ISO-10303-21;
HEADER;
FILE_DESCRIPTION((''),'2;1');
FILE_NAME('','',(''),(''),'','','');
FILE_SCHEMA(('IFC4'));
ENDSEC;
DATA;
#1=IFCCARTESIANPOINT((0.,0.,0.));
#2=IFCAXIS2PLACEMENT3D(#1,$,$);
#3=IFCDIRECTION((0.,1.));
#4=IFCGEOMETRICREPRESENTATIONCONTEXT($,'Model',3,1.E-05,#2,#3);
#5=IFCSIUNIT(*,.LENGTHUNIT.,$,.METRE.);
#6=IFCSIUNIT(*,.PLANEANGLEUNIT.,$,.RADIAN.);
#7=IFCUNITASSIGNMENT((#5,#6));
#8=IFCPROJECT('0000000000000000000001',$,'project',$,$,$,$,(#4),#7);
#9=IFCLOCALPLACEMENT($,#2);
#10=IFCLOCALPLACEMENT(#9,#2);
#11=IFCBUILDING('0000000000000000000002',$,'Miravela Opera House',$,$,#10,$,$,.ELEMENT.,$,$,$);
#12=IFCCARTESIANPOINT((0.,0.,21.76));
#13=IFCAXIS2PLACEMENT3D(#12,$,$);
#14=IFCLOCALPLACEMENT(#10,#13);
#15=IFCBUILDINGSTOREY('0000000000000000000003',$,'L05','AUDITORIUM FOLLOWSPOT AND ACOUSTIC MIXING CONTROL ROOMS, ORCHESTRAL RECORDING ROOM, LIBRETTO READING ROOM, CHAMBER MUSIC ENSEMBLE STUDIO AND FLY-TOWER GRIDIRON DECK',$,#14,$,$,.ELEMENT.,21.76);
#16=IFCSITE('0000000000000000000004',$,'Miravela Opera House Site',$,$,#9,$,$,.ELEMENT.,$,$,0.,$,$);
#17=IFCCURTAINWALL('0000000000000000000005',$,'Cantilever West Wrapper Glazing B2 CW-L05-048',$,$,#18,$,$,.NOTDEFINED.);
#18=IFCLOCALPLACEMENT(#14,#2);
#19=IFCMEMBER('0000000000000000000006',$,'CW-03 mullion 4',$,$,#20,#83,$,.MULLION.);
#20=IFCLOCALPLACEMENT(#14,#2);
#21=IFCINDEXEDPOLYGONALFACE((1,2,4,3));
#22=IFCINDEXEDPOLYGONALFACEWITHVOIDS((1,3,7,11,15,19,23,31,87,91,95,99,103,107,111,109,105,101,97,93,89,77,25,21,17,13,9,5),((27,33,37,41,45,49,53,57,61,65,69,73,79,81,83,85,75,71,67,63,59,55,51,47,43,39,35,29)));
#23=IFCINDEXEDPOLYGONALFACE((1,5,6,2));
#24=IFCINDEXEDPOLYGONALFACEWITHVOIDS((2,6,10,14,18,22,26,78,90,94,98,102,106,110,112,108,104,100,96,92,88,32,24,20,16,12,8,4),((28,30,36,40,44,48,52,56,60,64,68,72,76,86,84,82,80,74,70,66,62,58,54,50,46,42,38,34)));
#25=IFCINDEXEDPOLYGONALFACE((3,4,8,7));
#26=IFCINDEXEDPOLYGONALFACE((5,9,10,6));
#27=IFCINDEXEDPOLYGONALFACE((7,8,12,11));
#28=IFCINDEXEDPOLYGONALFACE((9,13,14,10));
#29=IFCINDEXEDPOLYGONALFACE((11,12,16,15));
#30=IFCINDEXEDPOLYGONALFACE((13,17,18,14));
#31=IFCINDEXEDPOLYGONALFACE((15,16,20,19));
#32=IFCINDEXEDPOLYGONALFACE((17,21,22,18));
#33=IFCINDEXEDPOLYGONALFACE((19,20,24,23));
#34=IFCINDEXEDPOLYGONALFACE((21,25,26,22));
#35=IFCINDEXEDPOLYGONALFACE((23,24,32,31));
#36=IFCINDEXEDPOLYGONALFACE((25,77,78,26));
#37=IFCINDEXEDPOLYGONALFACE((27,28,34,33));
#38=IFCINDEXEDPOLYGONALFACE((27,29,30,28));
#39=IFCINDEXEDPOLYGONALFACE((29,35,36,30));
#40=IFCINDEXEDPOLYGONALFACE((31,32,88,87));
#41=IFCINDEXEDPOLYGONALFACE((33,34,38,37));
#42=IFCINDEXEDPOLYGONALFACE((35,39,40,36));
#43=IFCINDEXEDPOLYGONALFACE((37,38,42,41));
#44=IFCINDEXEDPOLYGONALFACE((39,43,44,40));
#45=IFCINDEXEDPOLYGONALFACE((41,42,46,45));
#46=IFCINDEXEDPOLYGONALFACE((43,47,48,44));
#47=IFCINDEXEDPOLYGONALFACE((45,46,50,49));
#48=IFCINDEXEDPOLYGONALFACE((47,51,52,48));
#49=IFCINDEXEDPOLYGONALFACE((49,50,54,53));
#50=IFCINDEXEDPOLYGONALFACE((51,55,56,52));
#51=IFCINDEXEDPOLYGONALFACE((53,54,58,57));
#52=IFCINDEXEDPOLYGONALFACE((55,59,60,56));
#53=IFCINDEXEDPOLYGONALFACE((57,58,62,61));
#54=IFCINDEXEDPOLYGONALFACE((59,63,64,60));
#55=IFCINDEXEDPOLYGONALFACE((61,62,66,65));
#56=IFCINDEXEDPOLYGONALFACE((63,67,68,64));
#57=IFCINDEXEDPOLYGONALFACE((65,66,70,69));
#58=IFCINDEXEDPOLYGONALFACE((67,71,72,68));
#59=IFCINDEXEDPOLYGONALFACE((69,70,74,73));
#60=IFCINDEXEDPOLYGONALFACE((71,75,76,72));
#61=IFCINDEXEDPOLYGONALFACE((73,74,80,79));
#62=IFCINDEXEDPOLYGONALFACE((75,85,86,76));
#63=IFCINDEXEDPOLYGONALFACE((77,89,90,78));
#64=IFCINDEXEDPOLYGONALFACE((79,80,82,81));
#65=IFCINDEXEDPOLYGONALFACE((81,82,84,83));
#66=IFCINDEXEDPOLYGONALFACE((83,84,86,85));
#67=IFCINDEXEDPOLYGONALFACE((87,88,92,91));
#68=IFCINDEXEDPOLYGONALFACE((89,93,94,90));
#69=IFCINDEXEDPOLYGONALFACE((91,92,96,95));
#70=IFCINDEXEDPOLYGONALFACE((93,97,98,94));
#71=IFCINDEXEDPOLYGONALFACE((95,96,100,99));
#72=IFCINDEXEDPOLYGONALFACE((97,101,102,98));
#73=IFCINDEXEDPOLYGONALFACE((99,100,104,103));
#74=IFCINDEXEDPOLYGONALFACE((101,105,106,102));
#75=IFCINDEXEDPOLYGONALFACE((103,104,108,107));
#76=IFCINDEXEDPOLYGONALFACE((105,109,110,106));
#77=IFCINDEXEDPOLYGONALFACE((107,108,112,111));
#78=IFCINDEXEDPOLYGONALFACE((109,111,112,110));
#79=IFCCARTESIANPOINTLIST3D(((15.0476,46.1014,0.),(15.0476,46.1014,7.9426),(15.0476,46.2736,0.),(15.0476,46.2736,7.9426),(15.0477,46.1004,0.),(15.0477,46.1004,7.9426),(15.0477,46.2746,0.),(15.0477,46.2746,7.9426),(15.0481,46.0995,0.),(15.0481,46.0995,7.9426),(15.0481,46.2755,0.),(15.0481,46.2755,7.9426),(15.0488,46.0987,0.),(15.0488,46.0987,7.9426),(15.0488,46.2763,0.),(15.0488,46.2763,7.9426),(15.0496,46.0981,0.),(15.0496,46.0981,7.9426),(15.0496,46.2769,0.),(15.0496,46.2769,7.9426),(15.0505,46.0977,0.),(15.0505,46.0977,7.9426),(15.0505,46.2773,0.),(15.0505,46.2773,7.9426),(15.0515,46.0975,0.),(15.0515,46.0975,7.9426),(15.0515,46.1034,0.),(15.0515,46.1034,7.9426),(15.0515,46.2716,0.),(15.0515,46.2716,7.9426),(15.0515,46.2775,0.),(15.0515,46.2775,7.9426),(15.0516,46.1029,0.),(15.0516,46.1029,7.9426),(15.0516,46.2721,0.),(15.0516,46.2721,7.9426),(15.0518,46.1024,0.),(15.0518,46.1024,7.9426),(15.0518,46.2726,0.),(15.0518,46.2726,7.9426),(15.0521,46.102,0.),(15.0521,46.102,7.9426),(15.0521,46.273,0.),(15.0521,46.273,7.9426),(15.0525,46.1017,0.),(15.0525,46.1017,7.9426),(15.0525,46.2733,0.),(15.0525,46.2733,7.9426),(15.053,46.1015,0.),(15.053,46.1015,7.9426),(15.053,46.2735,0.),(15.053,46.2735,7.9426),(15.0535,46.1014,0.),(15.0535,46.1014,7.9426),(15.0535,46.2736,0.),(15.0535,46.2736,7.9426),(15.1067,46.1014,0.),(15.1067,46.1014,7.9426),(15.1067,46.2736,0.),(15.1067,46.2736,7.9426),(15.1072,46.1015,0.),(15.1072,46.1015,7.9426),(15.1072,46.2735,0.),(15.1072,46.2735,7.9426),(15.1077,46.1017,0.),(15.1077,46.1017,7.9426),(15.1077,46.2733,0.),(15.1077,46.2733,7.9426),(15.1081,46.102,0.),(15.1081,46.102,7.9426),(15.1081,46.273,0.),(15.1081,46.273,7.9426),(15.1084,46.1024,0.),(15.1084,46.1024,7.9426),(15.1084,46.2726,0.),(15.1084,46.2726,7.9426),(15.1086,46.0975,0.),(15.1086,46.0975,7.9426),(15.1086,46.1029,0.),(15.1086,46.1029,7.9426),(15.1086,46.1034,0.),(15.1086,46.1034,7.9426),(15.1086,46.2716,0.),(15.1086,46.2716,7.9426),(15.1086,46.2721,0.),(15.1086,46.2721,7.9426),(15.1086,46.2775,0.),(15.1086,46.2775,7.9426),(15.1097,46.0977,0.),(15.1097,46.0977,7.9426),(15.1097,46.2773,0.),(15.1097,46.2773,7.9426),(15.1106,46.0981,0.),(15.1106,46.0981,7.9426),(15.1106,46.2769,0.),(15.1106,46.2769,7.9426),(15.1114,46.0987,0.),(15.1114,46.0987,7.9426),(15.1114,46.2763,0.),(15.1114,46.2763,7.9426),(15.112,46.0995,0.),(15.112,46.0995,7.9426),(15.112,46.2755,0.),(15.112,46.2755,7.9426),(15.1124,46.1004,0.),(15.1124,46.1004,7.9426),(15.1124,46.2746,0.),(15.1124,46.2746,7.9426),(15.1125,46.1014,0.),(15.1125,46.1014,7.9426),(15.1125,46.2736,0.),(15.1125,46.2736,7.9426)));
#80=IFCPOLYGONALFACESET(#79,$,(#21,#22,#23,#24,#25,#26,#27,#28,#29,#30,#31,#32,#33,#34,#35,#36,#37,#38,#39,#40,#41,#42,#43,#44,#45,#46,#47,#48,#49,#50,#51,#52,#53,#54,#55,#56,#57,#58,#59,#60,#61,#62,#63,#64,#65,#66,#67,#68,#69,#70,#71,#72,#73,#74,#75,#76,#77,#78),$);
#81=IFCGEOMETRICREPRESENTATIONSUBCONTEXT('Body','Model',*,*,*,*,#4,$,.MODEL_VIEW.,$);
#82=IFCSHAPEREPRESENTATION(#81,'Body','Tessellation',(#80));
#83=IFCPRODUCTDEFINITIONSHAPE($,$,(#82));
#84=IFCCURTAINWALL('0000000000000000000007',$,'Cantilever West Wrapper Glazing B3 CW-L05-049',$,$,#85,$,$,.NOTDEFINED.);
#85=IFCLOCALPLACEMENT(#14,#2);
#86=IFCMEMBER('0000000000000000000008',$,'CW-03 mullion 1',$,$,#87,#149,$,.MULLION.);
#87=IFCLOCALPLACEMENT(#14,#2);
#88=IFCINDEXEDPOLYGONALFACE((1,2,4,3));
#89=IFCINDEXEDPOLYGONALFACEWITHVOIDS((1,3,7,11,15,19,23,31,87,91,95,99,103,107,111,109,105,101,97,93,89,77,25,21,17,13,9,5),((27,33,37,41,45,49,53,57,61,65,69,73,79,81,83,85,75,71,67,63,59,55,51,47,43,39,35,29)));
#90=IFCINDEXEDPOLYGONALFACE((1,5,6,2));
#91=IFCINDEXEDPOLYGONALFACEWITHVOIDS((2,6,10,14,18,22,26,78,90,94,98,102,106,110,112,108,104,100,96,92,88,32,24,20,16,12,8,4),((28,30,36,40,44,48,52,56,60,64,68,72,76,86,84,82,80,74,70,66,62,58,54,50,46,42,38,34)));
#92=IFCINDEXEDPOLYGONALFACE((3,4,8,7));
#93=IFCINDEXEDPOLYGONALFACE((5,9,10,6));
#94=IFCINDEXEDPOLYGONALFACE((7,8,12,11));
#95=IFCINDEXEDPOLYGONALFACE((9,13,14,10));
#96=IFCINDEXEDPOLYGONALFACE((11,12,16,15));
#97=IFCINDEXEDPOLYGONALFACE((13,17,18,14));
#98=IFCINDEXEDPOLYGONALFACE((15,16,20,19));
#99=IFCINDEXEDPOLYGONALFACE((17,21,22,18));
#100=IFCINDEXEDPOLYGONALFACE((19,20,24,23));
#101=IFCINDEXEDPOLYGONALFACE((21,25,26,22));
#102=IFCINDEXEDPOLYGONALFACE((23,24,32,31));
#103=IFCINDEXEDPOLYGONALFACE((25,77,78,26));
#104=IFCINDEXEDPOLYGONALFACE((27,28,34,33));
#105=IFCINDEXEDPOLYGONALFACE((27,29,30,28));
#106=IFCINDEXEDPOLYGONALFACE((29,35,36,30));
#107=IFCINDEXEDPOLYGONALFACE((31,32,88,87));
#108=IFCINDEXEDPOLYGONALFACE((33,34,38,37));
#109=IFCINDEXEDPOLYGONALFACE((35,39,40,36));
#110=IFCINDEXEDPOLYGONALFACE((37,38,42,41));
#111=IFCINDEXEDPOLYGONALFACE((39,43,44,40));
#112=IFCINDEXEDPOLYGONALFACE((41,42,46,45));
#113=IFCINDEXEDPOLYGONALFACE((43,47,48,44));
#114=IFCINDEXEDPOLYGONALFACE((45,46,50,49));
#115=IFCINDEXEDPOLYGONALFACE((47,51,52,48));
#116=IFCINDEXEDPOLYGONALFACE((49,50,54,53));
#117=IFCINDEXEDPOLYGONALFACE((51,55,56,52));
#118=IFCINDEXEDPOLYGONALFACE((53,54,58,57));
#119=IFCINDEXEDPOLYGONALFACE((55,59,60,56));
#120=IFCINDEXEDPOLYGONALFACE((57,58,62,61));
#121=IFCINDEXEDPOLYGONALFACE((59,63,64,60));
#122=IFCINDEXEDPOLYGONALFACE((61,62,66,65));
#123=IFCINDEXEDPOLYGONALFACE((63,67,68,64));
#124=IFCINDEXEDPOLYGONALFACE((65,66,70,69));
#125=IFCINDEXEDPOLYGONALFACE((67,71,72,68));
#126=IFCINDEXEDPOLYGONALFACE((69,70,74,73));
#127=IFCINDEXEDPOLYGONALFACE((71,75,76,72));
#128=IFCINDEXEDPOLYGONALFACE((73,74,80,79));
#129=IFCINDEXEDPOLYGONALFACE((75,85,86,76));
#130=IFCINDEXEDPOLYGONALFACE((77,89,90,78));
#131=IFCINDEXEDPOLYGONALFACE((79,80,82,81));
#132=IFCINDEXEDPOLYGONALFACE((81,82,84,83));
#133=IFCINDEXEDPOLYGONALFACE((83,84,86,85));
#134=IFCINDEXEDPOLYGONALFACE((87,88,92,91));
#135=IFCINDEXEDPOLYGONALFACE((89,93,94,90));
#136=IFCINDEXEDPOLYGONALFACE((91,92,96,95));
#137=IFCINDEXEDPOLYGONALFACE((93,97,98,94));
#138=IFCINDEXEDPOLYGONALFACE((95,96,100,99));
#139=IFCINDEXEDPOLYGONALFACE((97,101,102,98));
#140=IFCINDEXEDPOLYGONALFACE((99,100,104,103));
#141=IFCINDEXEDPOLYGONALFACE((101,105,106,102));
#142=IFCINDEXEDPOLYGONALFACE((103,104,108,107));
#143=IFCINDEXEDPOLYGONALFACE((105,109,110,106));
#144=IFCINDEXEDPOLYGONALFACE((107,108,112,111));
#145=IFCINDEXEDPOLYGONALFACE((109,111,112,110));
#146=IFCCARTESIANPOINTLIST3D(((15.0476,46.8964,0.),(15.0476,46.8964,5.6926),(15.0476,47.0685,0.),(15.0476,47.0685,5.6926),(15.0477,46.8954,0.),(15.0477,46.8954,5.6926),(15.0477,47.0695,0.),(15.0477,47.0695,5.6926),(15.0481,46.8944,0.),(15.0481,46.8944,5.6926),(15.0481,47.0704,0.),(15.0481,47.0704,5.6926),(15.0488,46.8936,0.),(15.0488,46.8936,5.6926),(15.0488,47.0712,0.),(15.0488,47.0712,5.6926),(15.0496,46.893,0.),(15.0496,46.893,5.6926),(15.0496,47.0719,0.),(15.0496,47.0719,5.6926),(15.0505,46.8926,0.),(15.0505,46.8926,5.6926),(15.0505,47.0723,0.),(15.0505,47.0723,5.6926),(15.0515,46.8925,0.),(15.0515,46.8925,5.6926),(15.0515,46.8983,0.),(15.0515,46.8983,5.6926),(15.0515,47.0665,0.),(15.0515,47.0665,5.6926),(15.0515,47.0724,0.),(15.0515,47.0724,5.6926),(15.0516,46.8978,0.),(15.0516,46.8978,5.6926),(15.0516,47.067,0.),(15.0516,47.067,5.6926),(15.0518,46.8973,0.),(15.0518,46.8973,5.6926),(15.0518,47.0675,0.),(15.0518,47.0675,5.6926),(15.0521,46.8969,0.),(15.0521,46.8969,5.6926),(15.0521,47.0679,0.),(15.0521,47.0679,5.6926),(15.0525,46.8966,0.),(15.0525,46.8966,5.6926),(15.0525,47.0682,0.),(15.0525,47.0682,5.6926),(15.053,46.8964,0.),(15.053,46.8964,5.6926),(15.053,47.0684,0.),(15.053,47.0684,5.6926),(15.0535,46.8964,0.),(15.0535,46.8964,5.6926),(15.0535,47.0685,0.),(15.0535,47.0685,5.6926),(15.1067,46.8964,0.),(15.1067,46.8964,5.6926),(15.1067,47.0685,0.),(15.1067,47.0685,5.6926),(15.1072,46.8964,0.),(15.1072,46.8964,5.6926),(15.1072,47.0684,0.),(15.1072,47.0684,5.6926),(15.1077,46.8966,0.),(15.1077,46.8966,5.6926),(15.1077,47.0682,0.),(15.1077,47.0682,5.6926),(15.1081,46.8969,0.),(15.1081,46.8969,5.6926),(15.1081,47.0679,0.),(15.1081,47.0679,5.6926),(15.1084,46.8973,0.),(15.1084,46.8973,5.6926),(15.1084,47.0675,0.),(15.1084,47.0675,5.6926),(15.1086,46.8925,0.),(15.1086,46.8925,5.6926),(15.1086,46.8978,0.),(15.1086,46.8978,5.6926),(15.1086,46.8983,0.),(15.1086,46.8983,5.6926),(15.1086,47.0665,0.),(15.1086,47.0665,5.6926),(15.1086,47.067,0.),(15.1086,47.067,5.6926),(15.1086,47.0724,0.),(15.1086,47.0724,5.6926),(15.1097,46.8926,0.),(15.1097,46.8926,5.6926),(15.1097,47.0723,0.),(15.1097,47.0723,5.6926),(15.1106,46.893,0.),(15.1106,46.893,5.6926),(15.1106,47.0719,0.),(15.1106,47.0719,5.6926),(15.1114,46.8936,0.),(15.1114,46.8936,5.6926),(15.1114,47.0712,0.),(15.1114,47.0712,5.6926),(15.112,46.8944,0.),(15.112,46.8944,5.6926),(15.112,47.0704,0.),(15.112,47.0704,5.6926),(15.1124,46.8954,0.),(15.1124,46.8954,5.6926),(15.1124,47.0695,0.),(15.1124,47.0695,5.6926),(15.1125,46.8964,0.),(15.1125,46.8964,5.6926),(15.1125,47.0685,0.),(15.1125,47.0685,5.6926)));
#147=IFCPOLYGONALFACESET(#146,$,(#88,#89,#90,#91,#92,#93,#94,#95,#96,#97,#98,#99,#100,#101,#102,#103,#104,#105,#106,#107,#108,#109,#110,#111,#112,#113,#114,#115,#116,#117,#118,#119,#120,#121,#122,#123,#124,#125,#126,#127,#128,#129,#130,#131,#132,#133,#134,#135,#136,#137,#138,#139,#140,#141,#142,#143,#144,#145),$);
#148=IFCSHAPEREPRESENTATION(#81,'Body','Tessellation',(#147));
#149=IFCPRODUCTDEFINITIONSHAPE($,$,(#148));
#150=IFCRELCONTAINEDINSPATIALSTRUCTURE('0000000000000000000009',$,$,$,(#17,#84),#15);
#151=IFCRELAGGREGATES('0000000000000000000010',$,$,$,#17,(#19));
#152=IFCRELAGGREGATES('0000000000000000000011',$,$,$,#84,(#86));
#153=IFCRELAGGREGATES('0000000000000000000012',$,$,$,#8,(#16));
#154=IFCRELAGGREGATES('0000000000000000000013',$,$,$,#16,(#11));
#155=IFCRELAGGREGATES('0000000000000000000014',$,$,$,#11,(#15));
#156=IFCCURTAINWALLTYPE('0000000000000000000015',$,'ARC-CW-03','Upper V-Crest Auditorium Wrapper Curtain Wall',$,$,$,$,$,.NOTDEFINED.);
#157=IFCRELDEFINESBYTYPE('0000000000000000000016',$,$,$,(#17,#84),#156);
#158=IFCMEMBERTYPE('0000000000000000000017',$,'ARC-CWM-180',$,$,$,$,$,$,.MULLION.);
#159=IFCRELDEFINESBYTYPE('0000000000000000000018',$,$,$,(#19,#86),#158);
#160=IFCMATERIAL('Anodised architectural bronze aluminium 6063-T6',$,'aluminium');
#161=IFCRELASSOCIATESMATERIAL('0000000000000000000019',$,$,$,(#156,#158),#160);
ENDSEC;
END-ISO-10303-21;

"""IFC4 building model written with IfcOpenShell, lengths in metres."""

from ifc_helpers import new_model, si_unit, direction, frame, origin, origin_2d, place, context, subcontext, project, spatial, hollow_rectangle, extrude, material, material_profile, profile_set, type_object, element, aggregate, save


model = new_model("IFC4")

# Units and contexts
model_context = context("Model", 3, precision=1e-05, world=origin(), true_north=direction((0.0, 1.0)))
body_context = subcontext(model_context, "Body", "Model", "MODEL_VIEW")
ifc_project = project(units=[si_unit("LENGTHUNIT", "METRE"), si_unit("PLANEANGLEUNIT", "RADIAN")], contexts=[model_context])

# Site, building, storey
site_placement = place(None, origin())
site = spatial("IfcSite", under=ifc_project, at=site_placement, Name="Miravela Opera House Site", CompositionType="ELEMENT", RefElevation=0.0)
building_placement = place(site_placement, origin())
building = spatial("IfcBuilding", under=site, at=building_placement, Name="Miravela Opera House", CompositionType="ELEMENT")
storey_placement = place(building_placement, frame((0.0, 0.0, 21.76)))
storey = spatial("IfcBuildingStorey", under=building, at=storey_placement, Name="L05", Description="AUDITORIUM FOLLOWSPOT AND ACOUSTIC MIXING CONTROL ROOMS, ORCHESTRAL RECORDING ROOM, LIBRETTO READING ROOM, CHAMBER MUSIC ENSEMBLE STUDIO AND FLY-TOWER GRIDIRON DECK", CompositionType="ELEMENT", Elevation=21.76)

# Curtain wall, member
ifc_material_1 = material(Name="Anodised architectural bronze aluminium 6063-T6", Category="aluminium")
curtain_wall_type = type_object("IfcCurtainWallType", Name="ARC-CW-03", Description="Upper V-Crest Auditorium Wrapper Curtain Wall", PredefinedType="NOTDEFINED", material=ifc_material_1)
curtain_wall_1_placement = place(storey_placement, origin())
curtain_wall_1 = element("IfcCurtainWall", 1, at=curtain_wall_1_placement, inside=storey, type_object=curtain_wall_type, Name="Cantilever West Wrapper Glazing B2 CW-L05-048", PredefinedType="NOTDEFINED")
ifc_material_profile_1 = material_profile(ifc_material_1, hollow_rectangle(XDim=0.0649, YDim=0.1799, WallThickness=0.0039, InnerFilletRadius=0.002, OuterFilletRadius=0.0039, at=origin_2d()), Name="CWM-65X180")
ifc_profile_set_1 = profile_set([ifc_material_profile_1])
member_type_1 = type_object("IfcMemberType", Name="ARC-CWM-180", PredefinedType="MULLION", material=ifc_profile_set_1)
member_1_placement = place(storey_placement, frame((15.0801, 46.1875, 0.0), z_axis=(0.0, 0.0, 1.0), x_axis=(-1.0, 0.0, 0.0)))
member_1 = element("IfcMember", 2, at=member_1_placement, type_object=member_type_1, Name="CW-03 mullion 4", PredefinedType="MULLION", context=body_context, shape_type="SweptSolid", body=[
    extrude(hollow_rectangle(XDim=0.0649, YDim=0.1799, WallThickness=0.0039, InnerFilletRadius=0.002, OuterFilletRadius=0.0039, at=origin_2d()), origin(), (0.0, 0.0, 1.0), 7.9426),
])
aggregate(curtain_wall_1, [member_1])

# Curtain wall, member
curtain_wall_2_placement = place(storey_placement, origin())
curtain_wall_2 = element("IfcCurtainWall", 3, at=curtain_wall_2_placement, inside=storey, type_object=curtain_wall_type, Name="Cantilever West Wrapper Glazing B3 CW-L05-049", PredefinedType="NOTDEFINED")
member_2_placement = place(storey_placement, frame((15.0801, 46.9824, 0.0), z_axis=(0.0, 0.0, 1.0), x_axis=(-1.0, 0.0, 0.0)))
member_2 = element("IfcMember", 4, at=member_2_placement, type_object=member_type_1, Name="CW-03 mullion 1", PredefinedType="MULLION", context=body_context, shape_type="SweptSolid", body=[
    extrude(hollow_rectangle(XDim=0.0649, YDim=0.1799, WallThickness=0.0039, InnerFilletRadius=0.002, OuterFilletRadius=0.0039, at=origin_2d()), origin(), (0.0, 0.0, 1.0), 5.6926),
])

aggregate(curtain_wall_2, [member_2])

save(model, "model.ifc")
